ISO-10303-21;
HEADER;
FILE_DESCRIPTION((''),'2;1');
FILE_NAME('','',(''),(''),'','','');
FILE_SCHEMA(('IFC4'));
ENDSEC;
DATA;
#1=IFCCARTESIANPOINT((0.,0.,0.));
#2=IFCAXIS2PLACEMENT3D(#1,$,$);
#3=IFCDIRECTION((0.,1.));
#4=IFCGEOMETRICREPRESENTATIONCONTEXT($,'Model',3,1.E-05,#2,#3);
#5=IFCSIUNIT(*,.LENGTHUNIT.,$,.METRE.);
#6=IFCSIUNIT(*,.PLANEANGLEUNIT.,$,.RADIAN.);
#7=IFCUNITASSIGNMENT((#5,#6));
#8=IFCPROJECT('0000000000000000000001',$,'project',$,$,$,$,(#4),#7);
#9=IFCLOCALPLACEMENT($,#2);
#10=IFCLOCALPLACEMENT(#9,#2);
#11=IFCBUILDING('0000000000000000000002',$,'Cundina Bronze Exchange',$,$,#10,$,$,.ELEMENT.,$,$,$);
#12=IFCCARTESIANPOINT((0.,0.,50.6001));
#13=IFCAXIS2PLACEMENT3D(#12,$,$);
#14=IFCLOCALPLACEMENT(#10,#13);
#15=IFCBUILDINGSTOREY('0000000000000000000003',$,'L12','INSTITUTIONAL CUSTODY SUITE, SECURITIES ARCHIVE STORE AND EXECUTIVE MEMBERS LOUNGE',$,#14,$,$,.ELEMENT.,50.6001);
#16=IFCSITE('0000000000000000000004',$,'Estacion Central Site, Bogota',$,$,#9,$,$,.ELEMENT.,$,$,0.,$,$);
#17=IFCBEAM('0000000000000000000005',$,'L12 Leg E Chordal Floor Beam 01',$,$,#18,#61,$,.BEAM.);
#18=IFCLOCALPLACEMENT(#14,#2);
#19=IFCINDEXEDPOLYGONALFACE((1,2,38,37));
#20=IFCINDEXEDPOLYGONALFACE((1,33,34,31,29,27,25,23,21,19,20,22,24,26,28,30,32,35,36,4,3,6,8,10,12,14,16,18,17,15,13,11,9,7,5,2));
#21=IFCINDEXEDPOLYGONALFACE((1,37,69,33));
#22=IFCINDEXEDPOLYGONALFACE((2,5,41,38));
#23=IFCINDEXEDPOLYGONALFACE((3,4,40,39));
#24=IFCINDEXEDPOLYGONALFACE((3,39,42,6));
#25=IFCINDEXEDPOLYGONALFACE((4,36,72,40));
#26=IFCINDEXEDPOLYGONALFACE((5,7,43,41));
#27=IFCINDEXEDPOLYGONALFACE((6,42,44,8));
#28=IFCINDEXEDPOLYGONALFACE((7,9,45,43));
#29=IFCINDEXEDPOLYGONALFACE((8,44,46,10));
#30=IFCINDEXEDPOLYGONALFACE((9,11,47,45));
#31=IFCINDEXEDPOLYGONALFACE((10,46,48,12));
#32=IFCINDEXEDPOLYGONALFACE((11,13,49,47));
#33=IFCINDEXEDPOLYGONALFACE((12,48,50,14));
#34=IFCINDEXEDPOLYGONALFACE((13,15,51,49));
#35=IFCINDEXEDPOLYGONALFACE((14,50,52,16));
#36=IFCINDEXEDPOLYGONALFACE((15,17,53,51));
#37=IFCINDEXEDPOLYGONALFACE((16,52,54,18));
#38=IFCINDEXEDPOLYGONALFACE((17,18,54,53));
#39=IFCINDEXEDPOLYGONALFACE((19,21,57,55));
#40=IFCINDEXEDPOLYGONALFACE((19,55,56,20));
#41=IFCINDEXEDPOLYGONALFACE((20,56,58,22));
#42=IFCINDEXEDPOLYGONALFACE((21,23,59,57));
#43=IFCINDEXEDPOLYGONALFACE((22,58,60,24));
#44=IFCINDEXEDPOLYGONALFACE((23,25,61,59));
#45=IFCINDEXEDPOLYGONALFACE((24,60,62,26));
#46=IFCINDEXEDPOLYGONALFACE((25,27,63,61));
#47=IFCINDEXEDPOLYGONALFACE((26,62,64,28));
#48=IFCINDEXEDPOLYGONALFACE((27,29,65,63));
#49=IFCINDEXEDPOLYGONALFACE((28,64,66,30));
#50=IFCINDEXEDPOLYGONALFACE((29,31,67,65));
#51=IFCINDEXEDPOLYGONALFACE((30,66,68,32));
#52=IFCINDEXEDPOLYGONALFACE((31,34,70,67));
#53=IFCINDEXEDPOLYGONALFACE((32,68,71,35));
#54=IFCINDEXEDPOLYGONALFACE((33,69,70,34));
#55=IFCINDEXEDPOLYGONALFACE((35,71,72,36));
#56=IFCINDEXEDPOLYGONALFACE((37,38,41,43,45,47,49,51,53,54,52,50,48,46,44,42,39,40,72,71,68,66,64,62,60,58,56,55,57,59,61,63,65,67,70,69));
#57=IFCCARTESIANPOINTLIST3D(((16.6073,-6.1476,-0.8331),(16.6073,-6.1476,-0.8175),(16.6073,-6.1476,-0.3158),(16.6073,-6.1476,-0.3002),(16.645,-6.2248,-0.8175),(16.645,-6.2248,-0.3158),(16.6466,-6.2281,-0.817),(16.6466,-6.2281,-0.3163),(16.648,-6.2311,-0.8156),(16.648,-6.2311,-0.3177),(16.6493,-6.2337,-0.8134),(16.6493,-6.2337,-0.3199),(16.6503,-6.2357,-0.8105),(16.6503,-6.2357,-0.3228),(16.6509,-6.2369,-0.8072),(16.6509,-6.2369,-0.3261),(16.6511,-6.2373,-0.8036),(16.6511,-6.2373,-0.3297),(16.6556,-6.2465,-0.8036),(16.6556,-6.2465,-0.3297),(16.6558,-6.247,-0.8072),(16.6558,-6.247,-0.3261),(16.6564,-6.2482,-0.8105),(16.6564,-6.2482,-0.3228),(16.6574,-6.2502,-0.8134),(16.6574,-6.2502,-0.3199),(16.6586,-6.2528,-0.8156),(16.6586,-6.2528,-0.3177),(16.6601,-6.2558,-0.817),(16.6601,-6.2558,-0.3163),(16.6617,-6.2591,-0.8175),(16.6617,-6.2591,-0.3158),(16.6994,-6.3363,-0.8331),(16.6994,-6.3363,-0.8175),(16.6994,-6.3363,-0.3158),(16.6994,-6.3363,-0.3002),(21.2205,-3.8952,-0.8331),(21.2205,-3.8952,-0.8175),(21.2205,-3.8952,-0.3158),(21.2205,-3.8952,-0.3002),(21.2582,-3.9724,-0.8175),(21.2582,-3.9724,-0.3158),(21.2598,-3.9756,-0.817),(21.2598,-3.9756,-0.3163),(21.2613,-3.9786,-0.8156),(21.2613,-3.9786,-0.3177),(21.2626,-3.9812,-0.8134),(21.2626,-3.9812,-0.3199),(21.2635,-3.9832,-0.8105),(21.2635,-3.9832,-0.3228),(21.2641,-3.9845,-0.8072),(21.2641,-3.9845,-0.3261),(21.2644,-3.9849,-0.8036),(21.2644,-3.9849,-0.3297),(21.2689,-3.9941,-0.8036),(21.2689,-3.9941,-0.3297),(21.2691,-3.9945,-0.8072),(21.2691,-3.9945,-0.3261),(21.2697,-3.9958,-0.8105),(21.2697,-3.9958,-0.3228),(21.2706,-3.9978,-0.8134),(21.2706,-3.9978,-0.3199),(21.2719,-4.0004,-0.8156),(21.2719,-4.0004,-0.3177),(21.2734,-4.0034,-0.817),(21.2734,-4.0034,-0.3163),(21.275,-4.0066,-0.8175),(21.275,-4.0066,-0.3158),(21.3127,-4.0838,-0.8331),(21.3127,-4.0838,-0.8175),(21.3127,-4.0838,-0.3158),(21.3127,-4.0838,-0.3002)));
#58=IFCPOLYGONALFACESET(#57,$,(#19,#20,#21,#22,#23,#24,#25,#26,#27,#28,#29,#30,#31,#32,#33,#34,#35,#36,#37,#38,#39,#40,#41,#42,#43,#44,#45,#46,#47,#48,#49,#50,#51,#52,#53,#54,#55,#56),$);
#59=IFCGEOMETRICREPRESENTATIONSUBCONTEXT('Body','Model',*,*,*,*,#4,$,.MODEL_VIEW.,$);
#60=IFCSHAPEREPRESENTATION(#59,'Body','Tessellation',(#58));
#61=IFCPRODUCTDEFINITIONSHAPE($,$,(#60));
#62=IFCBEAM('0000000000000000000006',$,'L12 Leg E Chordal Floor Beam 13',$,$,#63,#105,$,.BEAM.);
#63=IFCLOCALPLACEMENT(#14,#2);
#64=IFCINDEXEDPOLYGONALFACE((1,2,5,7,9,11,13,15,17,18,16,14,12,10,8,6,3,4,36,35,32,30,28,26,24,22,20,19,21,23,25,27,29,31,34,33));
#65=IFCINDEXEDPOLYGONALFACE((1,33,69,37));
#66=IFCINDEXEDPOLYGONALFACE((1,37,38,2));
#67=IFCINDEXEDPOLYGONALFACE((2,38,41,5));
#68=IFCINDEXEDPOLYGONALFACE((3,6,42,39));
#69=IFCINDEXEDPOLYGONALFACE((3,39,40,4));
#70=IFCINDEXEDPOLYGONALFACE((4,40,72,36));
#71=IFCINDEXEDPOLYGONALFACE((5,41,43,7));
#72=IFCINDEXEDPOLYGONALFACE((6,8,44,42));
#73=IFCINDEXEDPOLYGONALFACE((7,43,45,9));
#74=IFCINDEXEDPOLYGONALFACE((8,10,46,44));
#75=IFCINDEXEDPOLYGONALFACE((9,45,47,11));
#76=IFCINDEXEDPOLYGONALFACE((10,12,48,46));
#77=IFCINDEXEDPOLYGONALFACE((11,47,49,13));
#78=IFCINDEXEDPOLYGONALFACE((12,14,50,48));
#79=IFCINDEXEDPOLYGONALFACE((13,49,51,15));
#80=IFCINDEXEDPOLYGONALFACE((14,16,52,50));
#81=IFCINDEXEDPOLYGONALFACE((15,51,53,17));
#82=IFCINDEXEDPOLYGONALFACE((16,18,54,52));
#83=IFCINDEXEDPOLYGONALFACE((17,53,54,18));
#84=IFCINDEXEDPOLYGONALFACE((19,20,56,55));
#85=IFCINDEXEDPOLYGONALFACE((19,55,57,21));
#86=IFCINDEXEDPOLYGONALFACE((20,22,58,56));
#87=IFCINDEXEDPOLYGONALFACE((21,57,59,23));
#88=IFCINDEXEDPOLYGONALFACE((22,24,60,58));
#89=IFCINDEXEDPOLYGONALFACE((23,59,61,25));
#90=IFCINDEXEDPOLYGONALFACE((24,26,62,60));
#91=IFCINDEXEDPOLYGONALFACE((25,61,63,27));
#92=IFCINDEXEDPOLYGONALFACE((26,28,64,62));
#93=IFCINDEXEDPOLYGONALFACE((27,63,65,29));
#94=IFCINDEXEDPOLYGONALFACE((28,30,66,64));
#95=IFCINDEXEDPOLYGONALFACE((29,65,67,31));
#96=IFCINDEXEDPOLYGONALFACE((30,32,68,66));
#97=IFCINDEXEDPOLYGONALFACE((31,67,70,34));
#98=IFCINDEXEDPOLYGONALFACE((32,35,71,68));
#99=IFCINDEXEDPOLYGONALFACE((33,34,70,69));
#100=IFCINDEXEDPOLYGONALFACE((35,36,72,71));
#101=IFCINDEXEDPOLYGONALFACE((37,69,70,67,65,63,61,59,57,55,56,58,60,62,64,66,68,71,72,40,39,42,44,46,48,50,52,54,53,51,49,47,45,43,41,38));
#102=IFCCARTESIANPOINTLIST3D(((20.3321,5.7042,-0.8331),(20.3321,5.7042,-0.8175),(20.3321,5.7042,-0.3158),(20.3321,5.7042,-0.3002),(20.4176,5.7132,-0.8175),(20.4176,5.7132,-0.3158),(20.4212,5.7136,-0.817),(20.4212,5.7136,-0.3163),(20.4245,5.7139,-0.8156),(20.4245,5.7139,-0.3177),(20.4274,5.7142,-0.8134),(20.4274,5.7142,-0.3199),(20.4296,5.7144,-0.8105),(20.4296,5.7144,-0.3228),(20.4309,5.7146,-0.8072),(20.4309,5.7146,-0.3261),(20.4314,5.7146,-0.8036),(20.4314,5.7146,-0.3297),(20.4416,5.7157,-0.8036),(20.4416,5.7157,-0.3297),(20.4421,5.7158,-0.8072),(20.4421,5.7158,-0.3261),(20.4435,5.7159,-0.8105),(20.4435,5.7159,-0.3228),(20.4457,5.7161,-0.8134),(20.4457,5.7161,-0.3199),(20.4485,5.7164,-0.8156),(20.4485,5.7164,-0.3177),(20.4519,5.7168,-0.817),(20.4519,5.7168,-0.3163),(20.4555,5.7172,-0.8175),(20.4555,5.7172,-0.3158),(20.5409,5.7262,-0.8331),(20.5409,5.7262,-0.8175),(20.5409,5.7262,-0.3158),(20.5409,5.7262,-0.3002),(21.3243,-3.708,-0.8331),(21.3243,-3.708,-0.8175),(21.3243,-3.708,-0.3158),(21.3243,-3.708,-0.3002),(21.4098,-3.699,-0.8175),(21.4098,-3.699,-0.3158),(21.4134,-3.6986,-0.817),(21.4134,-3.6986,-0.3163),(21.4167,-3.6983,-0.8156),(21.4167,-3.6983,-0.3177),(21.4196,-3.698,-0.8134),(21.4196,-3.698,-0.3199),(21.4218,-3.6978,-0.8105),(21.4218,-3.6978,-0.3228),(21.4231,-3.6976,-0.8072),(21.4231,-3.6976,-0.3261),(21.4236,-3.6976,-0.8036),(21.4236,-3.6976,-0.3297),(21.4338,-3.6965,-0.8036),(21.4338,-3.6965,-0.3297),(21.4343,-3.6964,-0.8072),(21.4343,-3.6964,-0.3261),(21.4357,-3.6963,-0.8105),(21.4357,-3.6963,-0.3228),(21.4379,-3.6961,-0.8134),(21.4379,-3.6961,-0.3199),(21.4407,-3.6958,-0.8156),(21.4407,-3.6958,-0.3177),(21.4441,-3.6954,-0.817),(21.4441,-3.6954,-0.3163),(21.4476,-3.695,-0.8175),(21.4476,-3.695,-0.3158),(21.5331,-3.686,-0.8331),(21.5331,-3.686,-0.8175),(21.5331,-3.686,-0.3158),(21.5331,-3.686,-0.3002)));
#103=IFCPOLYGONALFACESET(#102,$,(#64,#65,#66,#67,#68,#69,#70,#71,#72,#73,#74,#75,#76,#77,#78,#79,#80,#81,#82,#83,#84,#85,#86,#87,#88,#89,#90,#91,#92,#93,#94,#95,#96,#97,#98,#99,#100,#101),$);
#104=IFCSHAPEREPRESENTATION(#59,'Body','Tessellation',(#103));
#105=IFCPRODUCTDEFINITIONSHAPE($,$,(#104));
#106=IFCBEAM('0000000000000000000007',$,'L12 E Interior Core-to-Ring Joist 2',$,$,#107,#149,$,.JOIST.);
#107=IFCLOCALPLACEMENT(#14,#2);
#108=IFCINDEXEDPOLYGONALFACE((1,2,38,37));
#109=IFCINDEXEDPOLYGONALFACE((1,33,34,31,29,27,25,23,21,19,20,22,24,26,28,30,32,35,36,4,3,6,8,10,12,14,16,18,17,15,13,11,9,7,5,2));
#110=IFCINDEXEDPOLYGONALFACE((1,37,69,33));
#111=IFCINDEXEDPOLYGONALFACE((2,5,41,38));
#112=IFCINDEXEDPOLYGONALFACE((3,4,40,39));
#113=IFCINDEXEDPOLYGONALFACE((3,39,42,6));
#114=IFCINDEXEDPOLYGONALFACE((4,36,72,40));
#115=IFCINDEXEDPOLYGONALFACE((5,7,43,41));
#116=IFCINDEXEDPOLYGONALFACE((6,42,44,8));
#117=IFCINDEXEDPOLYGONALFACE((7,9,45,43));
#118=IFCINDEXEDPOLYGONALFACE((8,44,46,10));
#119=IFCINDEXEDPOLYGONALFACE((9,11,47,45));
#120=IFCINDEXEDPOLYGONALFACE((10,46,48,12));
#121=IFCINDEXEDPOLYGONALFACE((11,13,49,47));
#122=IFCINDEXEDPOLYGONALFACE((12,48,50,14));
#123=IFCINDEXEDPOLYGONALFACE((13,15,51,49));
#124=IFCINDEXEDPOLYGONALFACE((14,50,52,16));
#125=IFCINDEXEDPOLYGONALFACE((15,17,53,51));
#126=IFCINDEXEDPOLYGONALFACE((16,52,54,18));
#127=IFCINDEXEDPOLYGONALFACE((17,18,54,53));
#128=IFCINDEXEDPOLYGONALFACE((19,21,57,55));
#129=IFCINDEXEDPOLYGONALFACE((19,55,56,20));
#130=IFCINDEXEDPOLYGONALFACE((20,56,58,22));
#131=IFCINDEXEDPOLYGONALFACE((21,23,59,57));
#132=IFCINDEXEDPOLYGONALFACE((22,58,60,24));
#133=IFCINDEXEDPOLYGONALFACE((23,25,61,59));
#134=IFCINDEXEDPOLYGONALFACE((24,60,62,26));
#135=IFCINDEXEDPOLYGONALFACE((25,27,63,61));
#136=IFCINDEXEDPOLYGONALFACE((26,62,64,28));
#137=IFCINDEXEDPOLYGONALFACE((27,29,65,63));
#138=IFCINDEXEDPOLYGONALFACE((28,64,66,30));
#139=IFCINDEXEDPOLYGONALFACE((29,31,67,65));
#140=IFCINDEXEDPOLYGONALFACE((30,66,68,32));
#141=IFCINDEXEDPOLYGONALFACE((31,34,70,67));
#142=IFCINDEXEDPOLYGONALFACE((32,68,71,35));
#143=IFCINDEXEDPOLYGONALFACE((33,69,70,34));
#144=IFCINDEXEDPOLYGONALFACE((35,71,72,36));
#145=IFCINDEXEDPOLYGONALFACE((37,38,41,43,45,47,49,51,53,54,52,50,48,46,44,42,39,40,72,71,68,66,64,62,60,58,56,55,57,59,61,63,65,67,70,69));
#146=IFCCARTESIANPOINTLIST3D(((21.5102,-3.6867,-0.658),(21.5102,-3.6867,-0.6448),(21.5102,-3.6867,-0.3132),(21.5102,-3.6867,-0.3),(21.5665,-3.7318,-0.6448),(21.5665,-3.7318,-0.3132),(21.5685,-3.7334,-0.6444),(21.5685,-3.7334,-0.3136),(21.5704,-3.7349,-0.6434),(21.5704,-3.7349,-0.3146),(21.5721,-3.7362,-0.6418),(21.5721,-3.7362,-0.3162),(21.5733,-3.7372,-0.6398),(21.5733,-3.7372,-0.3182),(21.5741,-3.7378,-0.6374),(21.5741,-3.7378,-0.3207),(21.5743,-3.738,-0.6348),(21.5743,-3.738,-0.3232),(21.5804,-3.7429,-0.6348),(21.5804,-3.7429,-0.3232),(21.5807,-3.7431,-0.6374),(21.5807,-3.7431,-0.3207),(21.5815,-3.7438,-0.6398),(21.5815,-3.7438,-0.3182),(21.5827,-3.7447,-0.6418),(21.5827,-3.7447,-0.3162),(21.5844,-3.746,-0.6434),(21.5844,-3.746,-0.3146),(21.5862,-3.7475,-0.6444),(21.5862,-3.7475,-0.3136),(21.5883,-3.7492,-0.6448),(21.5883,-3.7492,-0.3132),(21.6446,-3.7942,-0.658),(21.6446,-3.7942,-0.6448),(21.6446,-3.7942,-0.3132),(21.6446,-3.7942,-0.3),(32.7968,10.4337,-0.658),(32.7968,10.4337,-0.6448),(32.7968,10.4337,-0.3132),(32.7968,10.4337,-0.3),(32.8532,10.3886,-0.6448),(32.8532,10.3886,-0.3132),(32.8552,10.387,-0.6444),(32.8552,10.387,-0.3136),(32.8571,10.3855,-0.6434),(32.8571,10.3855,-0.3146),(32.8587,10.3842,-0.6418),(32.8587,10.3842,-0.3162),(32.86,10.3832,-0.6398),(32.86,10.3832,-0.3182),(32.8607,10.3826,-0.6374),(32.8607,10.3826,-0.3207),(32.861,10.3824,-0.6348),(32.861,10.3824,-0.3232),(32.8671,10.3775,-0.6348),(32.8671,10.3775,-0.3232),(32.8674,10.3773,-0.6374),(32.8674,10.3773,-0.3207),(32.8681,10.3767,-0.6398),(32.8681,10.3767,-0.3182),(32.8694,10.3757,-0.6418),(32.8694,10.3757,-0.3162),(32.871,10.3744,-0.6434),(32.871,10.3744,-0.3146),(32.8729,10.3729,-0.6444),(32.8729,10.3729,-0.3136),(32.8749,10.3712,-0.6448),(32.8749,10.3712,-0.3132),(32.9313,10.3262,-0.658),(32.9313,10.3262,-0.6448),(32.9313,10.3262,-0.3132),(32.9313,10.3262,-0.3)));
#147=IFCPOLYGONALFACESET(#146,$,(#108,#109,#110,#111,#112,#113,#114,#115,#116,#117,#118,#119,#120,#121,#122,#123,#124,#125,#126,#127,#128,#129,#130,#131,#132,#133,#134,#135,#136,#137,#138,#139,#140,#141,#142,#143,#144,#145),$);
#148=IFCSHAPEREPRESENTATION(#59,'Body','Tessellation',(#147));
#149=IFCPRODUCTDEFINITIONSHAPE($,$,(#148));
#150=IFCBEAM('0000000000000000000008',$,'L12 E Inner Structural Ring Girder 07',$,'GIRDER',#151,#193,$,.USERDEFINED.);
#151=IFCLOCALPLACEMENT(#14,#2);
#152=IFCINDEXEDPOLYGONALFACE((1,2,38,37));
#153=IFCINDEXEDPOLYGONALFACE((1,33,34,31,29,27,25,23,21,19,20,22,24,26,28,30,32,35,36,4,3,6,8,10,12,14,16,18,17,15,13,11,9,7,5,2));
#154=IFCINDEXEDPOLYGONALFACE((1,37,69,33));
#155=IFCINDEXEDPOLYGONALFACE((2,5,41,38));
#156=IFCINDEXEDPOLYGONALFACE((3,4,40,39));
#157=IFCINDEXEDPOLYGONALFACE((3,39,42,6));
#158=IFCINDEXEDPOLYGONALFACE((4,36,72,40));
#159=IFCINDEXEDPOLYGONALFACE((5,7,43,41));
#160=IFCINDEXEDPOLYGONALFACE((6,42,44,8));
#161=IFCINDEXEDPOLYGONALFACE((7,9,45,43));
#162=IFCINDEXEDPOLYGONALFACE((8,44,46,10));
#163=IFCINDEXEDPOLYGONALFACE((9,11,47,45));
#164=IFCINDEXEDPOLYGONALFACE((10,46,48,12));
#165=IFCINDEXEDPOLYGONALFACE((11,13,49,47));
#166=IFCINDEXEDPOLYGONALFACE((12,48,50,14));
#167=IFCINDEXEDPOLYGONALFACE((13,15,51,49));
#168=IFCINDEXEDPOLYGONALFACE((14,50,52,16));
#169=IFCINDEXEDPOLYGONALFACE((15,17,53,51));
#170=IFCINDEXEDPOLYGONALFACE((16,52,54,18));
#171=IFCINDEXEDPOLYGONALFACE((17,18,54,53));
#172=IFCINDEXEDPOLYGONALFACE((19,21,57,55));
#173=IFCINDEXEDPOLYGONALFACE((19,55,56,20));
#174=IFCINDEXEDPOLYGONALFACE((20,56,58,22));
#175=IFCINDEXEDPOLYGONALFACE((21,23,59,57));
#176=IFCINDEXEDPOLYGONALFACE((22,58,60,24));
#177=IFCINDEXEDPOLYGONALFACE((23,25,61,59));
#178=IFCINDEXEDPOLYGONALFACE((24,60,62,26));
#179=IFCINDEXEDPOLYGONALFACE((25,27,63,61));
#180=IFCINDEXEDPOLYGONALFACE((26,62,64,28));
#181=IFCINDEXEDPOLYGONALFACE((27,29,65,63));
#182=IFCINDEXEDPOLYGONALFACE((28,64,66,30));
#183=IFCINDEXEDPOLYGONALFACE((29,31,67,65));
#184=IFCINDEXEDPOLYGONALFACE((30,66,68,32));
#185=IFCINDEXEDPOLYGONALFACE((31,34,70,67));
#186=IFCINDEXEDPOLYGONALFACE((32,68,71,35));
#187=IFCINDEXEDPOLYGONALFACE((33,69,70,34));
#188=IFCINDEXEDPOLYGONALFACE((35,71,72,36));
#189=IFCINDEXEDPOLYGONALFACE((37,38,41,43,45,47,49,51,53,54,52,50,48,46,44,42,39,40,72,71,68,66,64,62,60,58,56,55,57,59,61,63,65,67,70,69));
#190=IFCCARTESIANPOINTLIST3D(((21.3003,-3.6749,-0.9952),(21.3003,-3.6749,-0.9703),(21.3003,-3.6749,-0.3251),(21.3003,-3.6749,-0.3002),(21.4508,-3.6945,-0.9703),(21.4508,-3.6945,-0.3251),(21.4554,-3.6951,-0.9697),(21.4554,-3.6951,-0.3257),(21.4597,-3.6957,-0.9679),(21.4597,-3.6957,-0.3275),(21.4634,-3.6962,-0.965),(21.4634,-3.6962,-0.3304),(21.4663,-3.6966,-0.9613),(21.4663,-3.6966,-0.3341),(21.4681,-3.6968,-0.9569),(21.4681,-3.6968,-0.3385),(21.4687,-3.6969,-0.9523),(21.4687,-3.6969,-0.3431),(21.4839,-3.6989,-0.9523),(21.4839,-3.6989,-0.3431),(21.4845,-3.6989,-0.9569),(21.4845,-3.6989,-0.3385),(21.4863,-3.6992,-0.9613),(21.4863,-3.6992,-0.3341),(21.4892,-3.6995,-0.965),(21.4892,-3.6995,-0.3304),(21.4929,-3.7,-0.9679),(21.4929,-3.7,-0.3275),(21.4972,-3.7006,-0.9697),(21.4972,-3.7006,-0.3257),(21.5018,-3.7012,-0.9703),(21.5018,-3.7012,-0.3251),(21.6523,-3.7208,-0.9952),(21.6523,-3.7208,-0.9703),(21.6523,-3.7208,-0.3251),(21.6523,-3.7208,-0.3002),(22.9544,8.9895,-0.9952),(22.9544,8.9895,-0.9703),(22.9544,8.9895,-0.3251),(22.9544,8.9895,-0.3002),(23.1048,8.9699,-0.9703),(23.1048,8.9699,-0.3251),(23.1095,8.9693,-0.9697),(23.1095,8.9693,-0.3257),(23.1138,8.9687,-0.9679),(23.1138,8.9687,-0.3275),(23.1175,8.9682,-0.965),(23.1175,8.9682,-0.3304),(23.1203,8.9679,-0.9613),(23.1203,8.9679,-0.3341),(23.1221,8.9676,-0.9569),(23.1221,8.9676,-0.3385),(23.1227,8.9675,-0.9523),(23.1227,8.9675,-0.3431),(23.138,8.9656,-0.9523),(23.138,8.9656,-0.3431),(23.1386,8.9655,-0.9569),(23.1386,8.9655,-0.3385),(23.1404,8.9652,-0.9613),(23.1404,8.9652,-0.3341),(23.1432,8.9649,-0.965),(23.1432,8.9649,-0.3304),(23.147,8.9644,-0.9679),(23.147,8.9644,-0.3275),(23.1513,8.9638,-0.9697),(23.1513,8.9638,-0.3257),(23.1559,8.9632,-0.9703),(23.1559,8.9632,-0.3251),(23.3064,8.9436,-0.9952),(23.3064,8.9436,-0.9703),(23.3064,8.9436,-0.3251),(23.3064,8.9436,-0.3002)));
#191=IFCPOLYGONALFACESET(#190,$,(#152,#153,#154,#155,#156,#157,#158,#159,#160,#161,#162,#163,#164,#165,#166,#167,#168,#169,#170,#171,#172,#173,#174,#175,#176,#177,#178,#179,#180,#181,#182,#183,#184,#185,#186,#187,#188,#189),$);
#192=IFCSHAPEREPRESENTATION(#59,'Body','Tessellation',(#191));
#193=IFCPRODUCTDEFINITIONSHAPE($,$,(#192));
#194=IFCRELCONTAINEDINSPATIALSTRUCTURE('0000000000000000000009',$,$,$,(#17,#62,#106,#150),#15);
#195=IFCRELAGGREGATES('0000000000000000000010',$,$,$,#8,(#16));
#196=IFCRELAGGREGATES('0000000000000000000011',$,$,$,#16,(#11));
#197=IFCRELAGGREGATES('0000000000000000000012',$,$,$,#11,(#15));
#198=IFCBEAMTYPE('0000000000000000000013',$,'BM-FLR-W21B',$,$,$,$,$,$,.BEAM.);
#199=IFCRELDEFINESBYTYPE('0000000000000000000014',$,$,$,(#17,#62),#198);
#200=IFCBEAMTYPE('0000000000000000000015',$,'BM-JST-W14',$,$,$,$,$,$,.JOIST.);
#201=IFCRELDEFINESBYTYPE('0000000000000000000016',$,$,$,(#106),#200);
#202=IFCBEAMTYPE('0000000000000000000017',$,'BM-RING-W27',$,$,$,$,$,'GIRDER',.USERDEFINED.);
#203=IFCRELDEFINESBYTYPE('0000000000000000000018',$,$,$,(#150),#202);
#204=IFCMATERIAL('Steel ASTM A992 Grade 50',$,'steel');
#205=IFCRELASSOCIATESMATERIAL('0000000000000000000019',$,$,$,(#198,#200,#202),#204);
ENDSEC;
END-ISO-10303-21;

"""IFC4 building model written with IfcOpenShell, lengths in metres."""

from ifc_helpers import new_model, si_unit, direction, frame, origin, origin_2d, place, context, subcontext, project, spatial, i_section, extrude, material, material_profile, profile_set, type_object, element, save


model = new_model("IFC4")

# Units and contexts
model_context = context("Model", 3, precision=1e-05, world=origin(), true_north=direction((0.0, 1.0)))
body_context = subcontext(model_context, "Body", "Model", "MODEL_VIEW")
ifc_project = project(units=[si_unit("LENGTHUNIT", "METRE"), si_unit("PLANEANGLEUNIT", "RADIAN")], contexts=[model_context])

# Site, building, storey
site_placement = place(None, origin())
site = spatial("IfcSite", under=ifc_project, at=site_placement, Name="Estacion Central Site, Bogota", CompositionType="ELEMENT", RefElevation=0.0)
building_placement = place(site_placement, origin())
building = spatial("IfcBuilding", under=site, at=building_placement, Name="Cundina Bronze Exchange", CompositionType="ELEMENT")
storey_placement = place(building_placement, frame((0.0, 0.0, 50.6001)))
storey = spatial("IfcBuildingStorey", under=building, at=storey_placement, Name="L12", Description="INSTITUTIONAL CUSTODY SUITE, SECURITIES ARCHIVE STORE AND EXECUTIVE MEMBERS LOUNGE", CompositionType="ELEMENT", Elevation=50.6001)

# Shared definitions
ifc_material_1 = material(Name="Steel ASTM A992 Grade 50", Category="steel")

# Beams
ifc_material_profile_1 = material_profile(ifc_material_1, i_section(OverallWidth=0.21, OverallDepth=0.533, WebThickness=0.0103, FlangeThickness=0.0156, FilletRadius=0.0139, at=origin_2d()), Name="W21X62", Category="steel")
ifc_profile_set_1 = profile_set([ifc_material_profile_1], Name="Steel ASTM A992 Grade 50")
beam_type_1 = type_object("IfcBeamType", Name="BM-FLR-W21B", PredefinedType="BEAM", material=ifc_profile_set_1)
beam_1_placement = place(storey_placement, frame((21.2666, -3.9895, -0.5667), z_axis=(-0.89861, -0.438748, 0.0), x_axis=(0.438748, -0.89861, 0.0)))
element("IfcBeam", 1, at=beam_1_placement, inside=storey, type_object=beam_type_1, Name="L12 Leg E Chordal Floor Beam 01", PredefinedType="BEAM", context=body_context, shape_type="SweptSolid", body=[
    extrude(i_section(OverallWidth=0.21, OverallDepth=0.533, WebThickness=0.0103, FlangeThickness=0.0156, FilletRadius=0.0139, at=origin_2d()), origin(), (0.0, 0.0, 1.0), 5.1338),
])
beam_2_placement = place(storey_placement, frame((21.4287, -3.697, -0.5667), z_axis=(-0.104835, 0.99449, 0.0), x_axis=(-0.99449, -0.104835, 0.0)))
element("IfcBeam", 2, at=beam_2_placement, inside=storey, type_object=beam_type_1, Name="L12 Leg E Chordal Floor Beam 13", PredefinedType="BEAM", context=body_context, shape_type="SweptSolid", body=[
    extrude(i_section(OverallWidth=0.21, OverallDepth=0.533, WebThickness=0.0103, FlangeThickness=0.0156, FilletRadius=0.0139, at=origin_2d()), origin(), (0.0, 0.0, 1.0), 9.4644),
])
ifc_material_profile_2 = material_profile(ifc_material_1, i_section(OverallWidth=0.1721, OverallDepth=0.3579, WebThickness=0.0078, FlangeThickness=0.0132, FilletRadius=0.01, at=origin_2d()), Name="W14X38", Category="steel")
ifc_profile_set_2 = profile_set([ifc_material_profile_2], Name="Steel ASTM A992 Grade 50")
beam_type_2 = type_object("IfcBeamType", Name="BM-JST-W14", PredefinedType="JOIST", material=ifc_profile_set_2)
beam_3_placement = place(storey_placement, frame((21.5774, -3.7405, -0.479), z_axis=(0.624369, 0.78113, 0.0), x_axis=(-0.78113, 0.624369, 0.0)))
element("IfcBeam", 3, at=beam_3_placement, inside=storey, type_object=beam_type_2, Name="L12 E Interior Core-to-Ring Joist 2", PredefinedType="JOIST", context=body_context, shape_type="SweptSolid", body=[
    extrude(i_section(OverallWidth=0.1721, OverallDepth=0.3579, WebThickness=0.0078, FlangeThickness=0.0132, FilletRadius=0.01, at=origin_2d()), origin(), (0.0, 0.0, 1.0), 18.0769),
])
ifc_material_profile_3 = material_profile(ifc_material_1, i_section(OverallWidth=0.355, OverallDepth=0.6951, WebThickness=0.0154, FlangeThickness=0.0249, FilletRadius=0.0181, at=origin_2d()), Name="W27X146", Category="steel")
ifc_profile_set_3 = profile_set([ifc_material_profile_3], Name="Steel ASTM A992 Grade 50")
beam_type_3 = type_object("IfcBeamType", Name="BM-RING-W27", ElementType="GIRDER", PredefinedType="USERDEFINED", material=ifc_profile_set_3)
beam_4_placement = place(storey_placement, frame((23.1304, 8.9666, -0.6477), z_axis=(-0.129508, -0.991578, 0.0), x_axis=(0.991578, -0.129508, 0.0)))
element("IfcBeam", 4, at=beam_4_placement, inside=storey, type_object=beam_type_3, Name="L12 E Inner Structural Ring Girder 07", ObjectType="GIRDER", PredefinedType="USERDEFINED", context=body_context, shape_type="SweptSolid", body=[
    extrude(i_section(OverallWidth=0.355, OverallDepth=0.6951, WebThickness=0.0154, FlangeThickness=0.0249, FilletRadius=0.0181, at=origin_2d()), origin(), (0.0, 0.0, 1.0), 12.772),
])

save(model, "model.ifc")
